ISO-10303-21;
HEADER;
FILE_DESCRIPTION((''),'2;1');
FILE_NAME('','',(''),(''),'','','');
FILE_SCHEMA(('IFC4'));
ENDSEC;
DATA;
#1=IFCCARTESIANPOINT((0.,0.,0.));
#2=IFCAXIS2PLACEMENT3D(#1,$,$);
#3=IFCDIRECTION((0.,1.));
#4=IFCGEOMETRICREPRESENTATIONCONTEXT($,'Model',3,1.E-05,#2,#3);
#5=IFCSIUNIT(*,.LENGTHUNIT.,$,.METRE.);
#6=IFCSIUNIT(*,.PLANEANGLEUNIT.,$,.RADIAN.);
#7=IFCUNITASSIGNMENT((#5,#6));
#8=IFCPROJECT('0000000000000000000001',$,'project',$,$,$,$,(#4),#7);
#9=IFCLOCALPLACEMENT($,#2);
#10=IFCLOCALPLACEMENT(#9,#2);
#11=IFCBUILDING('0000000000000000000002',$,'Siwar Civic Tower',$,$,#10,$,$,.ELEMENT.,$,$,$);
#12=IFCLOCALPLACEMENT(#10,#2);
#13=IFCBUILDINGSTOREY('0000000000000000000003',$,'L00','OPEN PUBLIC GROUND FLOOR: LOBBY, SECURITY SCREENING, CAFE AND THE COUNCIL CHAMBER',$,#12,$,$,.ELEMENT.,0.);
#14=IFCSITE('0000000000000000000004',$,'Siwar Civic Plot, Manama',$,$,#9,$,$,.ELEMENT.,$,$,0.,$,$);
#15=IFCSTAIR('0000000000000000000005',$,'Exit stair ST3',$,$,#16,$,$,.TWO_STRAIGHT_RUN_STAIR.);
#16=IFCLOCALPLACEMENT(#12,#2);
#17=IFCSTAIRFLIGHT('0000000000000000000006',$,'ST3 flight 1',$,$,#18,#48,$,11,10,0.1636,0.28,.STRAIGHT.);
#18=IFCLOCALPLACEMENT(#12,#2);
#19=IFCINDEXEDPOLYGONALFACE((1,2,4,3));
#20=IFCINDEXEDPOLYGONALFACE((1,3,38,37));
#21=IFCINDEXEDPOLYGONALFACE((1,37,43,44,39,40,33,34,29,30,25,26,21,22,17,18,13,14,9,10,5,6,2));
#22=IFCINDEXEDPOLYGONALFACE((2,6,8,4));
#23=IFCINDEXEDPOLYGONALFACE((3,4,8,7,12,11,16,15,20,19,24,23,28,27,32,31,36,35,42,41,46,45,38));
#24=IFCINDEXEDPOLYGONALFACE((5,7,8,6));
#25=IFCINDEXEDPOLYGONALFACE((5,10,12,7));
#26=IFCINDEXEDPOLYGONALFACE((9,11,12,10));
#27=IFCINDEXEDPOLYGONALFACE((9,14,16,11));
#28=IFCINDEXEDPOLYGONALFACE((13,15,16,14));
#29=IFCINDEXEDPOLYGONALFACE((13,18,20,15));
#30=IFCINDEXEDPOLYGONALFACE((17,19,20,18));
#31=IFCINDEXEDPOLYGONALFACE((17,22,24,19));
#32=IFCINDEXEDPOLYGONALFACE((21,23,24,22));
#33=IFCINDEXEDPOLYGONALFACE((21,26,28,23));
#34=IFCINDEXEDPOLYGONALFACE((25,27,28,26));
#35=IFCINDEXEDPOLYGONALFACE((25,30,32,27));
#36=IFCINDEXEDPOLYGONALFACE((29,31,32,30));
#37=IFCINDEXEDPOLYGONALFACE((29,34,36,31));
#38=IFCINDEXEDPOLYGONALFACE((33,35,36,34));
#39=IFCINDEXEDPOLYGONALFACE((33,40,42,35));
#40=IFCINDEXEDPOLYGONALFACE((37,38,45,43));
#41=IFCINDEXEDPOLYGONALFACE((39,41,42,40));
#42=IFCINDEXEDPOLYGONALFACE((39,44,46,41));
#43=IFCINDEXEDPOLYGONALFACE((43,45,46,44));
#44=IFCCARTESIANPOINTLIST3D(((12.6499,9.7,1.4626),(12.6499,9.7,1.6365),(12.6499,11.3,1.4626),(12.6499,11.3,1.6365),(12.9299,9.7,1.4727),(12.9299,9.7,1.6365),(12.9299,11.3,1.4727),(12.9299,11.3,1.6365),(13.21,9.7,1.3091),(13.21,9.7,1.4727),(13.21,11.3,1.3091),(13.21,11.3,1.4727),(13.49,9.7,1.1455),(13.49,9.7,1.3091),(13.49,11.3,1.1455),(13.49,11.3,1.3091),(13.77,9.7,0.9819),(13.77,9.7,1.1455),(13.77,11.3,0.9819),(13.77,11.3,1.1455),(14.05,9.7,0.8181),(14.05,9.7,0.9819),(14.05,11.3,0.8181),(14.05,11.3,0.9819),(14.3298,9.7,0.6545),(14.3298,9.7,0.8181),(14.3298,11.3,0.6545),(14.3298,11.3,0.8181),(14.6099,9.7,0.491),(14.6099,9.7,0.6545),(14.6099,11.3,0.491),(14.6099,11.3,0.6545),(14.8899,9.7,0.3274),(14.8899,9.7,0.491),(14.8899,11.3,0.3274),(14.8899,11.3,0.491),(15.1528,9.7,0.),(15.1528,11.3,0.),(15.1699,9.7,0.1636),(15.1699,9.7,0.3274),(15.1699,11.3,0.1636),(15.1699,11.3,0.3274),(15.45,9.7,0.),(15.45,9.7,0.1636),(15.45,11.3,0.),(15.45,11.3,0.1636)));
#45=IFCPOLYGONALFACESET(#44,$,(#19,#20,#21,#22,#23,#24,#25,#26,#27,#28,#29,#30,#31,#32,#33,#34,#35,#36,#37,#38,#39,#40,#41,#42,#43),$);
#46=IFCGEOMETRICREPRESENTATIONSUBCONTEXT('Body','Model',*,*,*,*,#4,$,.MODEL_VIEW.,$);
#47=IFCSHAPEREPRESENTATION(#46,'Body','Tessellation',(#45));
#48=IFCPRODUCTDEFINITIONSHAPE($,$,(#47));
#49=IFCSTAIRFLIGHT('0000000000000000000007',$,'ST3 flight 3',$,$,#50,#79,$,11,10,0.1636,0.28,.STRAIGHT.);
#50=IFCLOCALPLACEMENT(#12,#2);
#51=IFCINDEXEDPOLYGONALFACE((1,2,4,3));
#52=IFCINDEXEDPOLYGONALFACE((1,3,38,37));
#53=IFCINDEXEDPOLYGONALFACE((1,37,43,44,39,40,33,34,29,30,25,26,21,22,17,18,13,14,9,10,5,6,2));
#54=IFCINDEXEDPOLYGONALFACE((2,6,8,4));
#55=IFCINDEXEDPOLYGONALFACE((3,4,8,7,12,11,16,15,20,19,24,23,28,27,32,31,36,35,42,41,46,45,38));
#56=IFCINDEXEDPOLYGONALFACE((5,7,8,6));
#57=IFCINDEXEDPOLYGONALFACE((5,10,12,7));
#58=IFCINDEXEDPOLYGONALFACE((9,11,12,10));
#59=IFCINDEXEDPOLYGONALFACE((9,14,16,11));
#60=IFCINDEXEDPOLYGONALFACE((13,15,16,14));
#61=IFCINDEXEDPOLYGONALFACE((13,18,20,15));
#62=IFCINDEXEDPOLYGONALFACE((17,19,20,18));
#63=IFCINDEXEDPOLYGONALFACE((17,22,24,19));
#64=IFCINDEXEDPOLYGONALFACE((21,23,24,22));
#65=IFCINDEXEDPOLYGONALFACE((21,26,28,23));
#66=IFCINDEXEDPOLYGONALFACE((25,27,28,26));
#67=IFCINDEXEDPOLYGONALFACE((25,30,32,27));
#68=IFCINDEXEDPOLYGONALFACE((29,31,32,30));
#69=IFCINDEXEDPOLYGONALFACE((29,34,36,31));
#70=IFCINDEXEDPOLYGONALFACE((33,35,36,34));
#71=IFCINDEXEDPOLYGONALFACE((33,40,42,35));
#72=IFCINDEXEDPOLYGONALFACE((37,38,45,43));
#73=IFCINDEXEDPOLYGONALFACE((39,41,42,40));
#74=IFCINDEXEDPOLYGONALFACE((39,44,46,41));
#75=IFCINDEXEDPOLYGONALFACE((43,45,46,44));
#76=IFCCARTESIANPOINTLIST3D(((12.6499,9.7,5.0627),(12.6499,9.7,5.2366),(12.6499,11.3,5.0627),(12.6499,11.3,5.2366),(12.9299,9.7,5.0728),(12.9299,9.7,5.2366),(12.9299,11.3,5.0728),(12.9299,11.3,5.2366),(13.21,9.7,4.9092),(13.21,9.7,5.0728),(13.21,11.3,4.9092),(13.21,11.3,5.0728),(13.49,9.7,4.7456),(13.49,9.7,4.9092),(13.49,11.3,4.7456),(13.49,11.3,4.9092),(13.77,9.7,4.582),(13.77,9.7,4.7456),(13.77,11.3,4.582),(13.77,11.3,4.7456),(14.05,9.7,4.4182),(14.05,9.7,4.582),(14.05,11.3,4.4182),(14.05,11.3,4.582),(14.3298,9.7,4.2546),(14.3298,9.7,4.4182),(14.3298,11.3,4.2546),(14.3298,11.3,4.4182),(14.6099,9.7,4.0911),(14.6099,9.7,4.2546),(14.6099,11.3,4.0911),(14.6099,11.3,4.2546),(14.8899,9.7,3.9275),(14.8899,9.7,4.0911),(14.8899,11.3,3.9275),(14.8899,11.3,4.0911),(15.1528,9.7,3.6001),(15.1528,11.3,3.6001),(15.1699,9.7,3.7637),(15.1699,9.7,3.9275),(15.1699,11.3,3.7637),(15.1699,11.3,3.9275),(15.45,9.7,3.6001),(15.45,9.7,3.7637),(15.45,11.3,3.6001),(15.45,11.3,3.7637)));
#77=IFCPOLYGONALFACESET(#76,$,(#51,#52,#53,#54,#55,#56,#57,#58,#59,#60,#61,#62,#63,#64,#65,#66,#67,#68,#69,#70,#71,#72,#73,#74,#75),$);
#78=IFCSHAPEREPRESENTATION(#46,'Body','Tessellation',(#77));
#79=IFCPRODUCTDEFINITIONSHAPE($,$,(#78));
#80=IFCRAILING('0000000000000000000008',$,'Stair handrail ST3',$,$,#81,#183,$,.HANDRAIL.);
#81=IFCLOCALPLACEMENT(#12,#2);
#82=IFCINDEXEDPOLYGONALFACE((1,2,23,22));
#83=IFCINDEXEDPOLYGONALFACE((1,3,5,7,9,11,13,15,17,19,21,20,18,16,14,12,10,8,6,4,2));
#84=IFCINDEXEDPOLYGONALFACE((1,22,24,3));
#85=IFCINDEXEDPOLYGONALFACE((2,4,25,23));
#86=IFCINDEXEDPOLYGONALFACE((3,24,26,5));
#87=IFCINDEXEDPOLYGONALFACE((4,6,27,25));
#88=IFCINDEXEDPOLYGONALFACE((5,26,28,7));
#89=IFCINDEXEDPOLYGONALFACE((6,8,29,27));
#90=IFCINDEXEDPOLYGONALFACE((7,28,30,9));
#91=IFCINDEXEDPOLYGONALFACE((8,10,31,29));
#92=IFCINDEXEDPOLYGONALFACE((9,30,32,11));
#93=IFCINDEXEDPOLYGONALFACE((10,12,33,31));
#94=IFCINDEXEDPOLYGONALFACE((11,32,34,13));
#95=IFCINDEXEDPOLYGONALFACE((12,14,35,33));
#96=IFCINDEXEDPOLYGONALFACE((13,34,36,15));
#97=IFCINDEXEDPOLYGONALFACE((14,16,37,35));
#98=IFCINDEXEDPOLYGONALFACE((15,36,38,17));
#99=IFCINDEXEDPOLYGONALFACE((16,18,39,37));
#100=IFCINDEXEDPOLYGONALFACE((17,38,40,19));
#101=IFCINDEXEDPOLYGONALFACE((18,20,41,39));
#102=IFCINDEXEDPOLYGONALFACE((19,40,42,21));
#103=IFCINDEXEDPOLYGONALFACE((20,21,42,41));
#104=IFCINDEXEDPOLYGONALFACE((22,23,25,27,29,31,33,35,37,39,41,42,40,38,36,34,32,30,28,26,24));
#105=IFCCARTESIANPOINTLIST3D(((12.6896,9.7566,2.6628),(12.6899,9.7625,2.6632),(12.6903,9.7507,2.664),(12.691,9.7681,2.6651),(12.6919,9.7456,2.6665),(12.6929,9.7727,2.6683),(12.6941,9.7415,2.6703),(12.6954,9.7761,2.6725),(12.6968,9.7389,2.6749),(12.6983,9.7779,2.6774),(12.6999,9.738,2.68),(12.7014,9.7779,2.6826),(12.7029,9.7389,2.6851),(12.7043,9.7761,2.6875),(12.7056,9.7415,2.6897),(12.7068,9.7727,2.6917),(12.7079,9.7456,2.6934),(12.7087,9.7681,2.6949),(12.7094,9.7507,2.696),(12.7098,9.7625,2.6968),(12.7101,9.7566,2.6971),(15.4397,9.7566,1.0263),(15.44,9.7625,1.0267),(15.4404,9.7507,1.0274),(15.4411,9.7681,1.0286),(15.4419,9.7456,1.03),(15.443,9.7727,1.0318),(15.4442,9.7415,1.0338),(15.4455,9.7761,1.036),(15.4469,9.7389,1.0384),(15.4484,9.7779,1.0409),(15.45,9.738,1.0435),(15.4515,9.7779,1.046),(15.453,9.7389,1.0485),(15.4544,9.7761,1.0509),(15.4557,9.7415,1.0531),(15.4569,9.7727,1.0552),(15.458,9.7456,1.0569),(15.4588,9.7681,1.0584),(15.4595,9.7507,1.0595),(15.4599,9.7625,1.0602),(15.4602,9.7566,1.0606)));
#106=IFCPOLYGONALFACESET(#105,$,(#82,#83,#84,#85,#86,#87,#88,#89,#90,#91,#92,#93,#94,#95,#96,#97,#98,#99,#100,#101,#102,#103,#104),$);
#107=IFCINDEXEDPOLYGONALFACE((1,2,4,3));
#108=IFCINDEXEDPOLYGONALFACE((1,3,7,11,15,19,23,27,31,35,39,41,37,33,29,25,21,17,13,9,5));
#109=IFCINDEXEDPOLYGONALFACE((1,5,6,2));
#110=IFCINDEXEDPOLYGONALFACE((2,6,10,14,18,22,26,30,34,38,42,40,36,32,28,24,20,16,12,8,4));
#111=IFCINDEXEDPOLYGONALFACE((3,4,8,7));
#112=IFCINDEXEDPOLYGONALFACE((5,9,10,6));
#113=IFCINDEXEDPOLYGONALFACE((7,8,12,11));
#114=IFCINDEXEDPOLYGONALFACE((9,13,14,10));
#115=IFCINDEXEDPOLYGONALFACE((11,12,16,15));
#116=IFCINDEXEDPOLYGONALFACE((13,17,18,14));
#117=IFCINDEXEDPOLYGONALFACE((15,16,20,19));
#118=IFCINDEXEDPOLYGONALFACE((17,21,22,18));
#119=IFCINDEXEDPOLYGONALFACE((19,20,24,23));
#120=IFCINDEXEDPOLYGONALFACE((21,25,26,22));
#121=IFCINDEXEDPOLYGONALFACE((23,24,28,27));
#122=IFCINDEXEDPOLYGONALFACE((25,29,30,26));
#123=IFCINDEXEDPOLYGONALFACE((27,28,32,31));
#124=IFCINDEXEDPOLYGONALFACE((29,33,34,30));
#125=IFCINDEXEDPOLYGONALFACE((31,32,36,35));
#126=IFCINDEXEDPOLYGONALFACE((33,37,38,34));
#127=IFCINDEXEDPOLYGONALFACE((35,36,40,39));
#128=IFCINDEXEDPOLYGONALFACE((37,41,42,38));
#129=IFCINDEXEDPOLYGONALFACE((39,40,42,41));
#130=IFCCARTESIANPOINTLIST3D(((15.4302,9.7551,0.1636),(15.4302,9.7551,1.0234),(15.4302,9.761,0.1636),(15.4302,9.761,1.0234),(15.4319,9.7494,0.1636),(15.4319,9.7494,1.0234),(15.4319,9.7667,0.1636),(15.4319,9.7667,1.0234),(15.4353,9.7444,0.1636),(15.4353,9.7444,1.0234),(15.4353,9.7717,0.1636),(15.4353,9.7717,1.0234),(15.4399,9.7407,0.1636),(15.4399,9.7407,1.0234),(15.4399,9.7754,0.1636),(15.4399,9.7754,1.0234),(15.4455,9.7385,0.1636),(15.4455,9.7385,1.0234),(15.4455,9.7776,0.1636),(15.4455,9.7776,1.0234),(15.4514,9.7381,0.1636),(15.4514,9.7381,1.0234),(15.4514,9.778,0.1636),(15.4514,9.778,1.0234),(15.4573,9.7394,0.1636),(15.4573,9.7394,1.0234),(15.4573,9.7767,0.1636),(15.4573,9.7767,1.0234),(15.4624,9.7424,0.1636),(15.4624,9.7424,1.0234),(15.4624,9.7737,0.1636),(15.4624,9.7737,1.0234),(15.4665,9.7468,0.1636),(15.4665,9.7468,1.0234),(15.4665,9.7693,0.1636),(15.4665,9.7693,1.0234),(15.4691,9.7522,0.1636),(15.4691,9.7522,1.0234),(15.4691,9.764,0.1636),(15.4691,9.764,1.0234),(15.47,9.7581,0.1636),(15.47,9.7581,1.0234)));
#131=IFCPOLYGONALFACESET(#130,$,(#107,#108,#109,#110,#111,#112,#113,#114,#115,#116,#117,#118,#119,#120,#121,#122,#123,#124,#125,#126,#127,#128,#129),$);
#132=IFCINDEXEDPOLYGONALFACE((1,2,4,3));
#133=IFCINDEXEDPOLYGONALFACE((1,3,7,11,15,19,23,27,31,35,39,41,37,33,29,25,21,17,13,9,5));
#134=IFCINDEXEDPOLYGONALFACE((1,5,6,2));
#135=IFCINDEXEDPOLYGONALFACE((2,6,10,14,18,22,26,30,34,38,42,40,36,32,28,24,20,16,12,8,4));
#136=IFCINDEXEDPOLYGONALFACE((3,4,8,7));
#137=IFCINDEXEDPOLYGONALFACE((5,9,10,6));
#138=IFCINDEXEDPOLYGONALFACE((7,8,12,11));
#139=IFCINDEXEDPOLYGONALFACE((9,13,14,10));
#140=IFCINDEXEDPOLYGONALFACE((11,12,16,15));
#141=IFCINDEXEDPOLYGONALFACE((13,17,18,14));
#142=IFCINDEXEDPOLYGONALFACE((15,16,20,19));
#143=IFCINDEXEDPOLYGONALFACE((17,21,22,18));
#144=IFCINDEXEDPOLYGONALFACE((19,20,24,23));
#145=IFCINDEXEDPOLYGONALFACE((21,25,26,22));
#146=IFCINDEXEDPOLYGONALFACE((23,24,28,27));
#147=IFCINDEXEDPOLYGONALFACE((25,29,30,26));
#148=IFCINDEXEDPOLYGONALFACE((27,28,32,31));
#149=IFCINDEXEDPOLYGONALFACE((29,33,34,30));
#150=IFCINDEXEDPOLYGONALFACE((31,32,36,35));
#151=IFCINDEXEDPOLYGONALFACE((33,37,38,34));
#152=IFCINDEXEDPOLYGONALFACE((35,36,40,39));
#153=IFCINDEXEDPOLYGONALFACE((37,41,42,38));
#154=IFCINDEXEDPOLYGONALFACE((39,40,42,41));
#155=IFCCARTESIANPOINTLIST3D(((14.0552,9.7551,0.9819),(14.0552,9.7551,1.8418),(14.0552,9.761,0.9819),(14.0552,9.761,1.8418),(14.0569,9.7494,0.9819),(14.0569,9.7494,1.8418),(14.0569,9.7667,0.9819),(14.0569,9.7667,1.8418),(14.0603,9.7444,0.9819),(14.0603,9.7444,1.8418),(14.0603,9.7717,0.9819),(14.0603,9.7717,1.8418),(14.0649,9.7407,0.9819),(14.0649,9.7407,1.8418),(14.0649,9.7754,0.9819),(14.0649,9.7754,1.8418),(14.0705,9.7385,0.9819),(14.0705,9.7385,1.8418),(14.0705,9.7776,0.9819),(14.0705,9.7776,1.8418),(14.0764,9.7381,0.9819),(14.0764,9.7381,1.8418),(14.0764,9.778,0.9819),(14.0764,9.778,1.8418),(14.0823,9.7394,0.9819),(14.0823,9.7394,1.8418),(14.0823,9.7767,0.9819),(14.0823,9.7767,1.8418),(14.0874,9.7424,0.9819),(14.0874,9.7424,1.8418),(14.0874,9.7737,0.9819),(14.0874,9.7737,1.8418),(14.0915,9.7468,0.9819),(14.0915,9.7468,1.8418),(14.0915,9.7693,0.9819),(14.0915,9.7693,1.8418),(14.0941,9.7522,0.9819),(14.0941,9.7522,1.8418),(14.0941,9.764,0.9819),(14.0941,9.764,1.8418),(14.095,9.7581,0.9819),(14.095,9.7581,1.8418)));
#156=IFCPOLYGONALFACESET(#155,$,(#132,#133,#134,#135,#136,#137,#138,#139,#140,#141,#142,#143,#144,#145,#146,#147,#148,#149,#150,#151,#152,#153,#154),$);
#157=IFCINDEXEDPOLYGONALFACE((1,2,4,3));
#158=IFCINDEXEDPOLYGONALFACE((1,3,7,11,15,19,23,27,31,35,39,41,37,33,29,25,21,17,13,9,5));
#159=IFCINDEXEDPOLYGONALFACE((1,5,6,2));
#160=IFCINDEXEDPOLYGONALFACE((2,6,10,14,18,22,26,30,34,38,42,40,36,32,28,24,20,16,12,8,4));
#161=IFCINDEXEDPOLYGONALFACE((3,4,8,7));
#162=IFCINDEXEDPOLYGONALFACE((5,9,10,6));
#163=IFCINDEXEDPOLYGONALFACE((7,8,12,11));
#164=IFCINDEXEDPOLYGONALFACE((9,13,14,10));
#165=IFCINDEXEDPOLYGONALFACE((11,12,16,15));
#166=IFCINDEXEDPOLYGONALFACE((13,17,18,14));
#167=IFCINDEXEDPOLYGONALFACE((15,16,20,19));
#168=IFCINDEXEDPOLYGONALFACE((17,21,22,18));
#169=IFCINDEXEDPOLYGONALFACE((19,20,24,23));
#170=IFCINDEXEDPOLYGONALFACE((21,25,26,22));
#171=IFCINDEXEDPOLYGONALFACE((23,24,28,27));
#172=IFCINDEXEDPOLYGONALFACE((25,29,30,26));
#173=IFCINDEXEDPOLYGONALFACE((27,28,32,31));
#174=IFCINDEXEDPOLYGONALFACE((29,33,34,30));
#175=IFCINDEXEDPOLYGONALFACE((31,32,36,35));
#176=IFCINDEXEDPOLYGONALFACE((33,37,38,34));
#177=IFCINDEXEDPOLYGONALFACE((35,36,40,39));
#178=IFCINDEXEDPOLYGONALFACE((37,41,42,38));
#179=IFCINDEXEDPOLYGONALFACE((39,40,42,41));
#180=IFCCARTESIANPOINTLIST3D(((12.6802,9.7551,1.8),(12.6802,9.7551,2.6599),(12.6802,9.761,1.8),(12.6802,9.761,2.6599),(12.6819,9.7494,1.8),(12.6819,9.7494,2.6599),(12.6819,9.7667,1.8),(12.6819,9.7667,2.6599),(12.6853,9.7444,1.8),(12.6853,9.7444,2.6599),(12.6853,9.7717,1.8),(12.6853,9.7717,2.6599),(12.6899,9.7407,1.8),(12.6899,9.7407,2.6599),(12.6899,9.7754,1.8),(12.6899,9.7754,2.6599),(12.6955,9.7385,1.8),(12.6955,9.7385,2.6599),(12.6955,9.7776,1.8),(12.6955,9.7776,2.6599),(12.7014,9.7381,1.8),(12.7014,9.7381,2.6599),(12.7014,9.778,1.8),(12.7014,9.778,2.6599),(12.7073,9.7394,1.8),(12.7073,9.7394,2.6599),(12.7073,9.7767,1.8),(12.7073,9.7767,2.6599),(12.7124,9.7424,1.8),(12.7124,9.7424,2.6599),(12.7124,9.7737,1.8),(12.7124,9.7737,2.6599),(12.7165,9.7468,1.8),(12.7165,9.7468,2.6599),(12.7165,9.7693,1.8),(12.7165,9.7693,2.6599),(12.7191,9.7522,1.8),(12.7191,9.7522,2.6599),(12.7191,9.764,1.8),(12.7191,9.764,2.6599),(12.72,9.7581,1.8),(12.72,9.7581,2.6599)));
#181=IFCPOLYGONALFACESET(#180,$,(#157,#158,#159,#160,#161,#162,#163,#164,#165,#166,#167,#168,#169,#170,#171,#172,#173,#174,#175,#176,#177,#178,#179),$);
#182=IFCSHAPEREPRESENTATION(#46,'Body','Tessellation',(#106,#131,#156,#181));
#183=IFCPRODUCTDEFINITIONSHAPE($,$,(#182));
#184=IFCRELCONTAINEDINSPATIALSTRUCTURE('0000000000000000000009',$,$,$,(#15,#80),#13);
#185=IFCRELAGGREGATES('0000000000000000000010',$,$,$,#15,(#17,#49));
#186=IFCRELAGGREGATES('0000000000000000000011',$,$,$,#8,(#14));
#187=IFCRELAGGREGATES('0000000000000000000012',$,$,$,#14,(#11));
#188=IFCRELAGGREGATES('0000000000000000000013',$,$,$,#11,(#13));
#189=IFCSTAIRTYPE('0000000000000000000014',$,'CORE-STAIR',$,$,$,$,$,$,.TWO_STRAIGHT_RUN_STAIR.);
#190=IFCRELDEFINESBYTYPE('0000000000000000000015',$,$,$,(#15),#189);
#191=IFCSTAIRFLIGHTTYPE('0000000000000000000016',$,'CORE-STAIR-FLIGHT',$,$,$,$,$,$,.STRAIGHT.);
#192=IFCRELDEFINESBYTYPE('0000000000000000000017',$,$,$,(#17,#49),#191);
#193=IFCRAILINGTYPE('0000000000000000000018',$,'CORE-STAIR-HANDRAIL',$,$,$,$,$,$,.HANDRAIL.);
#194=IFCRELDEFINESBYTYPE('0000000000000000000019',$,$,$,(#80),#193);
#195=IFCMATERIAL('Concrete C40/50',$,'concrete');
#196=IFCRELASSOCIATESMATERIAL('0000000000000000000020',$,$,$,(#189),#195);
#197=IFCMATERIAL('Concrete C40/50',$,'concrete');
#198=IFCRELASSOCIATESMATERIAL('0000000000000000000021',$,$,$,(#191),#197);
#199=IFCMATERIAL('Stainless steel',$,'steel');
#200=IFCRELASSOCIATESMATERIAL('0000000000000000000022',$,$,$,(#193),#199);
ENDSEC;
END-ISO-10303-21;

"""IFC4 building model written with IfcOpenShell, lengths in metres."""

from ifc_helpers import new_model, si_unit, direction, frame, origin, origin_2d, place, context, subcontext, project, spatial, polyline, circle, outline, extrude, material, type_object, element, aggregate, save


model = new_model("IFC4")

# Units and contexts
model_context = context("Model", 3, precision=1e-05, world=origin(), true_north=direction((0.0, 1.0)))
body_context = subcontext(model_context, "Body", "Model", "MODEL_VIEW")
ifc_project = project(units=[si_unit("LENGTHUNIT", "METRE"), si_unit("PLANEANGLEUNIT", "RADIAN")], contexts=[model_context])

# Site, building, storey
site_placement = place(None, origin())
site = spatial("IfcSite", under=ifc_project, at=site_placement, Name="Siwar Civic Plot, Manama", CompositionType="ELEMENT", RefElevation=0.0)
building_placement = place(site_placement, origin())
building = spatial("IfcBuilding", under=site, at=building_placement, Name="Siwar Civic Tower", CompositionType="ELEMENT")
storey_placement = place(building_placement, origin())
storey = spatial("IfcBuildingStorey", under=building, at=storey_placement, Name="L00", Description="OPEN PUBLIC GROUND FLOOR: LOBBY, SECURITY SCREENING, CAFE AND THE COUNCIL CHAMBER", CompositionType="ELEMENT", Elevation=0.0)

# Stair, stair flights
ifc_material_1 = material(Name="Concrete C40/50", Category="concrete")
stair_type = type_object("IfcStairType", Name="CORE-STAIR", PredefinedType="TWO_STRAIGHT_RUN_STAIR", material=ifc_material_1)
stair_placement = place(storey_placement, origin())
stair = element("IfcStair", 1, at=stair_placement, inside=storey, type_object=stair_type, Name="Exit stair ST3", PredefinedType="TWO_STRAIGHT_RUN_STAIR")
ifc_material_2 = material(Name="Concrete C40/50", Category="concrete")
stair_flight_type = type_object("IfcStairFlightType", Name="CORE-STAIR-FLIGHT", PredefinedType="STRAIGHT", material=ifc_material_2)
stair_flight_1_placement = place(storey_placement, frame((15.45, 10.5, 0.0), z_axis=(0.0, 0.0, 1.0), x_axis=(-1.0, 0.0, 0.0)))
stair_flight_1 = element("IfcStairFlight", 2, at=stair_flight_1_placement, type_object=stair_flight_type, Name="ST3 flight 1", NumberOfRisers=11, NumberOfTreads=10, PredefinedType="STRAIGHT", RiserHeight=0.1636, TreadLength=0.28, context=body_context, shape_type="SweptSolid", body=[
    extrude(outline(polyline([(0.0, 0.0), (0.0, 0.1636), (0.28, 0.1636), (0.28, 0.3274), (0.5601, 0.3274), (0.5601, 0.491), (0.8401, 0.491), (0.8401, 0.6545), (1.1201, 0.6545), (1.1201, 0.8181), (1.3999, 0.8181), (1.3999, 0.9819), (1.6799, 0.9819), (1.6799, 1.1455), (1.96, 1.1455), (1.96, 1.3091), (2.24, 1.3091), (2.24, 1.4727), (2.52, 1.4727), (2.52, 1.6365), (2.8, 1.6365), (2.8, 1.8), (2.8, 1.4626), (0.2971, 0.0), (0.0, 0.0)])), frame((0.0, 0.8, 0.0), z_axis=(0.0, -1.0, 0.0), x_axis=(1.0, 0.0, 0.0)), (0.0, 0.0, 1.0), 1.6001),
])
stair_flight_2_placement = place(storey_placement, frame((15.45, 10.5, 3.6001), z_axis=(0.0, 0.0, 1.0), x_axis=(-1.0, 0.0, 0.0)))
stair_flight_2 = element("IfcStairFlight", 3, at=stair_flight_2_placement, type_object=stair_flight_type, Name="ST3 flight 3", NumberOfRisers=11, NumberOfTreads=10, PredefinedType="STRAIGHT", RiserHeight=0.1636, TreadLength=0.28, context=body_context, shape_type="SweptSolid", body=[
    extrude(outline(polyline([(0.0, 0.0), (0.0, 0.1636), (0.28, 0.1636), (0.28, 0.3274), (0.5601, 0.3274), (0.5601, 0.491), (0.8401, 0.491), (0.8401, 0.6545), (1.1201, 0.6545), (1.1201, 0.8181), (1.3999, 0.8181), (1.3999, 0.9819), (1.6799, 0.9819), (1.6799, 1.1455), (1.96, 1.1455), (1.96, 1.3091), (2.24, 1.3091), (2.24, 1.4727), (2.52, 1.4727), (2.52, 1.6365), (2.8, 1.6365), (2.8, 1.8), (2.8, 1.4626), (0.2971, 0.0), (0.0, 0.0)])), frame((0.0, 0.8, 0.0), z_axis=(0.0, -1.0, 0.0), x_axis=(1.0, 0.0, 0.0)), (0.0, 0.0, 1.0), 1.6001),
])
aggregate(stair, [stair_flight_1, stair_flight_2])

# Railing
ifc_material_3 = material(Name="Stainless steel", Category="steel")
railing_type = type_object("IfcRailingType", Name="CORE-STAIR-HANDRAIL", PredefinedType="HANDRAIL", material=ifc_material_3)
railing_1_placement = place(storey_placement, frame((15.45, 9.7581, 0.1636)))
element("IfcRailing", 4, at=railing_1_placement, inside=storey, type_object=railing_type, Name="Stair handrail ST3", PredefinedType="HANDRAIL", context=body_context, shape_type="SweptSolid", body=[
    extrude(circle(Radius=0.02, at=origin_2d()), frame((0.0, 0.0, 0.8799), z_axis=(-0.859352, 0.0, 0.511385), x_axis=(0.0, -1.0, 0.0)), (0.0, 0.0, 1.0), 3.2002),
    extrude(circle(Radius=0.02, at=origin_2d()), origin(), (0.0, 0.0, 1.0), 0.8599),
    extrude(circle(Radius=0.02, at=origin_2d()), frame((-1.375, 0.0, 0.8184)), (0.0, 0.0, 1.0), 0.8599),
    extrude(circle(Radius=0.02, at=origin_2d()), frame((-2.75, 0.0, 1.6365)), (0.0, 0.0, 1.0), 0.8599),
])

save(model, "model.ifc")
